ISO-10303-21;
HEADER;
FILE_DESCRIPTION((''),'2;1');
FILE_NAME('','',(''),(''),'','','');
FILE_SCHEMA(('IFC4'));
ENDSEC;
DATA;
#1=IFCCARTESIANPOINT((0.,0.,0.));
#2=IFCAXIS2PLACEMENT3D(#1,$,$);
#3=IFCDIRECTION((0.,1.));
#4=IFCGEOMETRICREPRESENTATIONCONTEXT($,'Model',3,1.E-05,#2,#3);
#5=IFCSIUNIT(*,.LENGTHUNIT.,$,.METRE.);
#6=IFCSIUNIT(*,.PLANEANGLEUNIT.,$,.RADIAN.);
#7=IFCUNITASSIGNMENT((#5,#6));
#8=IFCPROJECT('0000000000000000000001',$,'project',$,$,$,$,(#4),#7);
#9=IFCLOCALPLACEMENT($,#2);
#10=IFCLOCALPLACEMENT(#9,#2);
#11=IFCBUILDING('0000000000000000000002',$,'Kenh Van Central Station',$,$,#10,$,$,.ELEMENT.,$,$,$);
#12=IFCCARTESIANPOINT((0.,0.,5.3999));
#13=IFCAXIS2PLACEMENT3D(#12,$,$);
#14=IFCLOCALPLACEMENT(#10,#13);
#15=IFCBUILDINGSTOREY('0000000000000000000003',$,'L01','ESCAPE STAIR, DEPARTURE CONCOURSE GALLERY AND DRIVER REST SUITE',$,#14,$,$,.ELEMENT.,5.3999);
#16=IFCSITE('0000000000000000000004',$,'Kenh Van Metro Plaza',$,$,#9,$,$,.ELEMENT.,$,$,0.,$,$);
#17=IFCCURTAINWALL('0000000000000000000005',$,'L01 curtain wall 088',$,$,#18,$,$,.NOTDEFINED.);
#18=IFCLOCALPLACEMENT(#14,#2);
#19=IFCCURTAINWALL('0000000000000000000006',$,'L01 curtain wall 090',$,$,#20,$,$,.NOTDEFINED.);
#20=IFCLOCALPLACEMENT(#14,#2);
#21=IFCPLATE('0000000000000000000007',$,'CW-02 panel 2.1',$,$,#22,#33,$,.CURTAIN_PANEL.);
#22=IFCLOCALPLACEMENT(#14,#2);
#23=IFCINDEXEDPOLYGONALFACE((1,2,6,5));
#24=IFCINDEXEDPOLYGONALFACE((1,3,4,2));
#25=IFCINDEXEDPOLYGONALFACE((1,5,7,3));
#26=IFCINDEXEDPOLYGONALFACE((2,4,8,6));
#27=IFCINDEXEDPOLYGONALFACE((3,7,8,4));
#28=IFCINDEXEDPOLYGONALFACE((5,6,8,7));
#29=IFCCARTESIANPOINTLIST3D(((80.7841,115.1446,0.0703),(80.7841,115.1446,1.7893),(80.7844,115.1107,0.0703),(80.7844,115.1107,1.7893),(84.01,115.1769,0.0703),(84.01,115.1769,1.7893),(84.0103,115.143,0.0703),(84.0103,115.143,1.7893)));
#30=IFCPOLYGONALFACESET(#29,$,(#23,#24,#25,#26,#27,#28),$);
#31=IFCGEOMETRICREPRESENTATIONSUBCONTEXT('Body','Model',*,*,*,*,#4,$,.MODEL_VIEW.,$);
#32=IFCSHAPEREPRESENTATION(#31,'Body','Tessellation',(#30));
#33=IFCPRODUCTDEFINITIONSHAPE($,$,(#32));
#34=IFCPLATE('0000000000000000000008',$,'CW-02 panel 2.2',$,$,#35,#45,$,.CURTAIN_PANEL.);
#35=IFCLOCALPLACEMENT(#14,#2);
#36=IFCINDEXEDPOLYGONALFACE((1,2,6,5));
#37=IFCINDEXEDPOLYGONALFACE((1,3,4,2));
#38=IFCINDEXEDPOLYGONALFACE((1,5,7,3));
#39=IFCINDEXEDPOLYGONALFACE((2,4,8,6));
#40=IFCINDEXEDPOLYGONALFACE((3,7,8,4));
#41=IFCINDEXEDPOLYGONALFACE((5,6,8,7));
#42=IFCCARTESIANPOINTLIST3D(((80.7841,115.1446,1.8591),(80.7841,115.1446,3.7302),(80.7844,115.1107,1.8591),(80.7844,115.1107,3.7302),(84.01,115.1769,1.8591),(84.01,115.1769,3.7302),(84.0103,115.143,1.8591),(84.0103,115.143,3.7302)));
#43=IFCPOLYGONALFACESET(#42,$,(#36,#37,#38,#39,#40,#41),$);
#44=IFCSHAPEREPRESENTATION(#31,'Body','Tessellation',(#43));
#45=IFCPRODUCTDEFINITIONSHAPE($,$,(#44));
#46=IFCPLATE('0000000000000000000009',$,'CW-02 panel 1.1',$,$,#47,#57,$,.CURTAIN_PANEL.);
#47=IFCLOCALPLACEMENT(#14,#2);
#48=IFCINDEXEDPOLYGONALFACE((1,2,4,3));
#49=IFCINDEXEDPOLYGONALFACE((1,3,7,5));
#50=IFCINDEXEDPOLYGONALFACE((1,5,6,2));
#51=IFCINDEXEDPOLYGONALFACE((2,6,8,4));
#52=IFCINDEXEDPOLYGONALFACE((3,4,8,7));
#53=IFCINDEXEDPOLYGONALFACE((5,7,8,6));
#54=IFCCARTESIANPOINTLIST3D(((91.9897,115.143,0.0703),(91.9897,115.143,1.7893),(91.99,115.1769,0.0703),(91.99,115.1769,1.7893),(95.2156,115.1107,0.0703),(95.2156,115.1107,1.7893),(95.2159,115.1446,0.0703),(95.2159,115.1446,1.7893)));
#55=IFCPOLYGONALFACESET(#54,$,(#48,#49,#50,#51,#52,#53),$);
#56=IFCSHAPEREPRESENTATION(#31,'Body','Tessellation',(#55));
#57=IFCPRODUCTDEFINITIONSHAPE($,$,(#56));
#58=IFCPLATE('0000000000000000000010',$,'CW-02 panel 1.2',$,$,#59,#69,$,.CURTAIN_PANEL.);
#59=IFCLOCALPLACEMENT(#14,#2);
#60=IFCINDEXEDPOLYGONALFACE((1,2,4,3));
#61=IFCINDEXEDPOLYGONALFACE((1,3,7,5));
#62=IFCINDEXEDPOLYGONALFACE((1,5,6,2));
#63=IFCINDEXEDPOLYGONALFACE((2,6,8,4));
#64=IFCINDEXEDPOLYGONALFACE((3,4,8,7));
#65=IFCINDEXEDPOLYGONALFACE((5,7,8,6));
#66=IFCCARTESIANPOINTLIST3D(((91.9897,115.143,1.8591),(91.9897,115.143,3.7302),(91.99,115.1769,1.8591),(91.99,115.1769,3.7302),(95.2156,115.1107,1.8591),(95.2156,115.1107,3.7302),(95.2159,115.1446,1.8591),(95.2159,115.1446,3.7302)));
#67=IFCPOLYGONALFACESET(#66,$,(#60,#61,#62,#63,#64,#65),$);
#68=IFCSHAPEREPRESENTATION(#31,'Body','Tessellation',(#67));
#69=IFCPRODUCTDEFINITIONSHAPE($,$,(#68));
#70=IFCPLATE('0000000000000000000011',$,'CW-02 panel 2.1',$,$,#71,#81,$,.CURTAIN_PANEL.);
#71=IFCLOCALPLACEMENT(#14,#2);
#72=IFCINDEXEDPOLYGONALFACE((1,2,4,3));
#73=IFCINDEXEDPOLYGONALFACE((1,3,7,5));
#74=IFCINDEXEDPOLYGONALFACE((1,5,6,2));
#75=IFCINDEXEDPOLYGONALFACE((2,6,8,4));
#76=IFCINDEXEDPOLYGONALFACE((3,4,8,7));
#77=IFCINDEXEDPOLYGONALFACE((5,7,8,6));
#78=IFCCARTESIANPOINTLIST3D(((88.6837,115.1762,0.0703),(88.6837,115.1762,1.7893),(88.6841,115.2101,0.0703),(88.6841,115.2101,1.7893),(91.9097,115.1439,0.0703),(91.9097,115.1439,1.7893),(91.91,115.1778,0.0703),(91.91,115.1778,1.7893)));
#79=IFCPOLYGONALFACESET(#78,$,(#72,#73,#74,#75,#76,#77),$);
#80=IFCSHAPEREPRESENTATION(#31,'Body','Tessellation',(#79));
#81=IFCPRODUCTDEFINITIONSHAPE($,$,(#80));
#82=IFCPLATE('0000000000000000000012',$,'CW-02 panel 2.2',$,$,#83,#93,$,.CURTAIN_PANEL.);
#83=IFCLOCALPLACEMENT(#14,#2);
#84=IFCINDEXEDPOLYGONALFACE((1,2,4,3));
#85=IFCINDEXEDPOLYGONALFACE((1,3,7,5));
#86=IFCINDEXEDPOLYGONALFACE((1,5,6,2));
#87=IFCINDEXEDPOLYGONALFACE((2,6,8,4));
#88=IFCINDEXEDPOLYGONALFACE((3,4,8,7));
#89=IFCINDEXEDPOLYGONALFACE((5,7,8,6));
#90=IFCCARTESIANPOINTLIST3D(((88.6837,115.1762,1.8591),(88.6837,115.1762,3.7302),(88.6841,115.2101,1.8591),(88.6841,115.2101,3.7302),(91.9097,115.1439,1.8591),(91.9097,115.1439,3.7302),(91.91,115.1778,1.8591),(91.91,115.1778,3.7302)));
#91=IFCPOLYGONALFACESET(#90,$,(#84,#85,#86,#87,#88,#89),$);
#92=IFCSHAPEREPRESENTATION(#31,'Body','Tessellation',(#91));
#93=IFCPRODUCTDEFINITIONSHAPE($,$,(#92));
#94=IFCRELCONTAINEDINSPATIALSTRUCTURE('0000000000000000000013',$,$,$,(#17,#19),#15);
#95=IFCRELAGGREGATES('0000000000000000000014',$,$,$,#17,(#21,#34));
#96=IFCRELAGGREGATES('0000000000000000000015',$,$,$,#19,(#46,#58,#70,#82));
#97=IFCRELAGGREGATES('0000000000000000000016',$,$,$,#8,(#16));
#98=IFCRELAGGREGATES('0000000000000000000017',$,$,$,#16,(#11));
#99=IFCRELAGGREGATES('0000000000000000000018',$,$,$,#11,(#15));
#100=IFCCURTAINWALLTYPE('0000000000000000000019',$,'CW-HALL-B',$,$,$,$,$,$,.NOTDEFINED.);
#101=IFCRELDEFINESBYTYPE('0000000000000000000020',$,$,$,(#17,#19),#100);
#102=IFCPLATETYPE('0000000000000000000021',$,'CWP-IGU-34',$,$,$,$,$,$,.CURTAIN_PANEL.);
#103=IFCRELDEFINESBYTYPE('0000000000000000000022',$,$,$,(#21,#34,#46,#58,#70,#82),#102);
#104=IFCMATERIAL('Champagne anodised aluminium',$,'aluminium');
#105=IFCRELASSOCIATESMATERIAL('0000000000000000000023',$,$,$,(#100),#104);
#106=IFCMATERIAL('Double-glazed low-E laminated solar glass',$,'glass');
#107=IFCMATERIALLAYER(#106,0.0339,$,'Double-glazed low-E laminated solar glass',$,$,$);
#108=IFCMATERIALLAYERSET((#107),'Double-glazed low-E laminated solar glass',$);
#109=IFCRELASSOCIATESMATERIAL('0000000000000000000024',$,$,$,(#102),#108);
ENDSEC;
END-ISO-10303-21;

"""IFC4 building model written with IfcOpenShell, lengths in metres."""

from ifc_helpers import new_model, si_unit, direction, frame, origin, origin_2d, place, context, subcontext, project, spatial, rectangle, extrude, material, layer, layer_set, type_object, element, aggregate, save


model = new_model("IFC4")

# Units and contexts
model_context = context("Model", 3, precision=1e-05, world=origin(), true_north=direction((0.0, 1.0)))
body_context = subcontext(model_context, "Body", "Model", "MODEL_VIEW")
ifc_project = project(units=[si_unit("LENGTHUNIT", "METRE"), si_unit("PLANEANGLEUNIT", "RADIAN")], contexts=[model_context])

# Site, building, storey
site_placement = place(None, origin())
site = spatial("IfcSite", under=ifc_project, at=site_placement, Name="Kenh Van Metro Plaza", CompositionType="ELEMENT", RefElevation=0.0)
building_placement = place(site_placement, origin())
building = spatial("IfcBuilding", under=site, at=building_placement, Name="Kenh Van Central Station", CompositionType="ELEMENT")
storey_placement = place(building_placement, frame((0.0, 0.0, 5.3999)))
storey = spatial("IfcBuildingStorey", under=building, at=storey_placement, Name="L01", Description="ESCAPE STAIR, DEPARTURE CONCOURSE GALLERY AND DRIVER REST SUITE", CompositionType="ELEMENT", Elevation=5.3999)

# Shared definitions
ifc_material_1 = material(Name="Champagne anodised aluminium", Category="aluminium")
curtain_wall_type = type_object("IfcCurtainWallType", Name="CW-HALL-B", PredefinedType="NOTDEFINED", material=ifc_material_1)

# Curtain walls
curtain_wall_1_placement = place(storey_placement, origin())
curtain_wall_1 = element("IfcCurtainWall", 1, at=curtain_wall_1_placement, inside=storey, type_object=curtain_wall_type, Name="L01 curtain wall 088", PredefinedType="NOTDEFINED")
curtain_wall_2_placement = place(storey_placement, origin())
curtain_wall_2 = element("IfcCurtainWall", 2, at=curtain_wall_2_placement, inside=storey, type_object=curtain_wall_type, Name="L01 curtain wall 090", PredefinedType="NOTDEFINED")

# Plates
ifc_material_2 = material(Name="Double-glazed low-E laminated solar glass", Category="glass")
ifc_layer = layer(ifc_material_2, 0.0339, Name="Double-glazed low-E laminated solar glass")
ifc_layer_set = layer_set([ifc_layer], Name="Double-glazed low-E laminated solar glass")
plate_type = type_object("IfcPlateType", Name="CWP-IGU-34", PredefinedType="CURTAIN_PANEL", material=ifc_layer_set)
plate_1_placement = place(storey_placement, frame((82.3972, 115.1438, 0.0703), z_axis=(0.0, 0.0, 1.0), x_axis=(-0.99995, -0.010012, 0.0)))
plate_1 = element("IfcPlate", 3, at=plate_1_placement, type_object=plate_type, Name="CW-02 panel 2.1", PredefinedType="CURTAIN_PANEL", context=body_context, shape_type="SweptSolid", body=[
    extrude(rectangle(XDim=3.2261, YDim=0.0339, at=origin_2d()), origin(), (0.0, 0.0, 1.0), 1.719),
])
plate_2_placement = place(storey_placement, frame((82.3972, 115.1438, 1.8591), z_axis=(0.0, 0.0, 1.0), x_axis=(-0.99995, -0.010012, 0.0)))
plate_2 = element("IfcPlate", 4, at=plate_2_placement, type_object=plate_type, Name="CW-02 panel 2.2", PredefinedType="CURTAIN_PANEL", context=body_context, shape_type="SweptSolid", body=[
    extrude(rectangle(XDim=3.2261, YDim=0.0339, at=origin_2d()), origin(), (0.0, 0.0, 1.0), 1.8711),
])
aggregate(curtain_wall_1, [plate_1, plate_2])
plate_3_placement = place(storey_placement, frame((93.6028, 115.1438, 0.0703), z_axis=(0.0, 0.0, 1.0), x_axis=(-0.99995, 0.010012, 0.0)))
plate_3 = element("IfcPlate", 5, at=plate_3_placement, type_object=plate_type, Name="CW-02 panel 1.1", PredefinedType="CURTAIN_PANEL", context=body_context, shape_type="SweptSolid", body=[
    extrude(rectangle(XDim=3.2261, YDim=0.0339, at=origin_2d()), origin(), (0.0, 0.0, 1.0), 1.719),
])
plate_4_placement = place(storey_placement, frame((93.6028, 115.1438, 1.8591), z_axis=(0.0, 0.0, 1.0), x_axis=(-0.99995, 0.010012, 0.0)))
plate_4 = element("IfcPlate", 6, at=plate_4_placement, type_object=plate_type, Name="CW-02 panel 1.2", PredefinedType="CURTAIN_PANEL", context=body_context, shape_type="SweptSolid", body=[
    extrude(rectangle(XDim=3.2261, YDim=0.0339, at=origin_2d()), origin(), (0.0, 0.0, 1.0), 1.8711),
])
plate_5_placement = place(storey_placement, frame((90.2969, 115.177, 0.0703), z_axis=(0.0, 0.0, 1.0), x_axis=(-0.99995, 0.010012, 0.0)))
plate_5 = element("IfcPlate", 7, at=plate_5_placement, type_object=plate_type, Name="CW-02 panel 2.1", PredefinedType="CURTAIN_PANEL", context=body_context, shape_type="SweptSolid", body=[
    extrude(rectangle(XDim=3.2261, YDim=0.0339, at=origin_2d()), origin(), (0.0, 0.0, 1.0), 1.719),
])
plate_6_placement = place(storey_placement, frame((90.2969, 115.177, 1.8591), z_axis=(0.0, 0.0, 1.0), x_axis=(-0.99995, 0.010012, 0.0)))
plate_6 = element("IfcPlate", 8, at=plate_6_placement, type_object=plate_type, Name="CW-02 panel 2.2", PredefinedType="CURTAIN_PANEL", context=body_context, shape_type="SweptSolid", body=[
    extrude(rectangle(XDim=3.2261, YDim=0.0339, at=origin_2d()), origin(), (0.0, 0.0, 1.0), 1.8711),
])
aggregate(curtain_wall_2, [plate_3, plate_4, plate_5, plate_6])

save(model, "model.ifc")
